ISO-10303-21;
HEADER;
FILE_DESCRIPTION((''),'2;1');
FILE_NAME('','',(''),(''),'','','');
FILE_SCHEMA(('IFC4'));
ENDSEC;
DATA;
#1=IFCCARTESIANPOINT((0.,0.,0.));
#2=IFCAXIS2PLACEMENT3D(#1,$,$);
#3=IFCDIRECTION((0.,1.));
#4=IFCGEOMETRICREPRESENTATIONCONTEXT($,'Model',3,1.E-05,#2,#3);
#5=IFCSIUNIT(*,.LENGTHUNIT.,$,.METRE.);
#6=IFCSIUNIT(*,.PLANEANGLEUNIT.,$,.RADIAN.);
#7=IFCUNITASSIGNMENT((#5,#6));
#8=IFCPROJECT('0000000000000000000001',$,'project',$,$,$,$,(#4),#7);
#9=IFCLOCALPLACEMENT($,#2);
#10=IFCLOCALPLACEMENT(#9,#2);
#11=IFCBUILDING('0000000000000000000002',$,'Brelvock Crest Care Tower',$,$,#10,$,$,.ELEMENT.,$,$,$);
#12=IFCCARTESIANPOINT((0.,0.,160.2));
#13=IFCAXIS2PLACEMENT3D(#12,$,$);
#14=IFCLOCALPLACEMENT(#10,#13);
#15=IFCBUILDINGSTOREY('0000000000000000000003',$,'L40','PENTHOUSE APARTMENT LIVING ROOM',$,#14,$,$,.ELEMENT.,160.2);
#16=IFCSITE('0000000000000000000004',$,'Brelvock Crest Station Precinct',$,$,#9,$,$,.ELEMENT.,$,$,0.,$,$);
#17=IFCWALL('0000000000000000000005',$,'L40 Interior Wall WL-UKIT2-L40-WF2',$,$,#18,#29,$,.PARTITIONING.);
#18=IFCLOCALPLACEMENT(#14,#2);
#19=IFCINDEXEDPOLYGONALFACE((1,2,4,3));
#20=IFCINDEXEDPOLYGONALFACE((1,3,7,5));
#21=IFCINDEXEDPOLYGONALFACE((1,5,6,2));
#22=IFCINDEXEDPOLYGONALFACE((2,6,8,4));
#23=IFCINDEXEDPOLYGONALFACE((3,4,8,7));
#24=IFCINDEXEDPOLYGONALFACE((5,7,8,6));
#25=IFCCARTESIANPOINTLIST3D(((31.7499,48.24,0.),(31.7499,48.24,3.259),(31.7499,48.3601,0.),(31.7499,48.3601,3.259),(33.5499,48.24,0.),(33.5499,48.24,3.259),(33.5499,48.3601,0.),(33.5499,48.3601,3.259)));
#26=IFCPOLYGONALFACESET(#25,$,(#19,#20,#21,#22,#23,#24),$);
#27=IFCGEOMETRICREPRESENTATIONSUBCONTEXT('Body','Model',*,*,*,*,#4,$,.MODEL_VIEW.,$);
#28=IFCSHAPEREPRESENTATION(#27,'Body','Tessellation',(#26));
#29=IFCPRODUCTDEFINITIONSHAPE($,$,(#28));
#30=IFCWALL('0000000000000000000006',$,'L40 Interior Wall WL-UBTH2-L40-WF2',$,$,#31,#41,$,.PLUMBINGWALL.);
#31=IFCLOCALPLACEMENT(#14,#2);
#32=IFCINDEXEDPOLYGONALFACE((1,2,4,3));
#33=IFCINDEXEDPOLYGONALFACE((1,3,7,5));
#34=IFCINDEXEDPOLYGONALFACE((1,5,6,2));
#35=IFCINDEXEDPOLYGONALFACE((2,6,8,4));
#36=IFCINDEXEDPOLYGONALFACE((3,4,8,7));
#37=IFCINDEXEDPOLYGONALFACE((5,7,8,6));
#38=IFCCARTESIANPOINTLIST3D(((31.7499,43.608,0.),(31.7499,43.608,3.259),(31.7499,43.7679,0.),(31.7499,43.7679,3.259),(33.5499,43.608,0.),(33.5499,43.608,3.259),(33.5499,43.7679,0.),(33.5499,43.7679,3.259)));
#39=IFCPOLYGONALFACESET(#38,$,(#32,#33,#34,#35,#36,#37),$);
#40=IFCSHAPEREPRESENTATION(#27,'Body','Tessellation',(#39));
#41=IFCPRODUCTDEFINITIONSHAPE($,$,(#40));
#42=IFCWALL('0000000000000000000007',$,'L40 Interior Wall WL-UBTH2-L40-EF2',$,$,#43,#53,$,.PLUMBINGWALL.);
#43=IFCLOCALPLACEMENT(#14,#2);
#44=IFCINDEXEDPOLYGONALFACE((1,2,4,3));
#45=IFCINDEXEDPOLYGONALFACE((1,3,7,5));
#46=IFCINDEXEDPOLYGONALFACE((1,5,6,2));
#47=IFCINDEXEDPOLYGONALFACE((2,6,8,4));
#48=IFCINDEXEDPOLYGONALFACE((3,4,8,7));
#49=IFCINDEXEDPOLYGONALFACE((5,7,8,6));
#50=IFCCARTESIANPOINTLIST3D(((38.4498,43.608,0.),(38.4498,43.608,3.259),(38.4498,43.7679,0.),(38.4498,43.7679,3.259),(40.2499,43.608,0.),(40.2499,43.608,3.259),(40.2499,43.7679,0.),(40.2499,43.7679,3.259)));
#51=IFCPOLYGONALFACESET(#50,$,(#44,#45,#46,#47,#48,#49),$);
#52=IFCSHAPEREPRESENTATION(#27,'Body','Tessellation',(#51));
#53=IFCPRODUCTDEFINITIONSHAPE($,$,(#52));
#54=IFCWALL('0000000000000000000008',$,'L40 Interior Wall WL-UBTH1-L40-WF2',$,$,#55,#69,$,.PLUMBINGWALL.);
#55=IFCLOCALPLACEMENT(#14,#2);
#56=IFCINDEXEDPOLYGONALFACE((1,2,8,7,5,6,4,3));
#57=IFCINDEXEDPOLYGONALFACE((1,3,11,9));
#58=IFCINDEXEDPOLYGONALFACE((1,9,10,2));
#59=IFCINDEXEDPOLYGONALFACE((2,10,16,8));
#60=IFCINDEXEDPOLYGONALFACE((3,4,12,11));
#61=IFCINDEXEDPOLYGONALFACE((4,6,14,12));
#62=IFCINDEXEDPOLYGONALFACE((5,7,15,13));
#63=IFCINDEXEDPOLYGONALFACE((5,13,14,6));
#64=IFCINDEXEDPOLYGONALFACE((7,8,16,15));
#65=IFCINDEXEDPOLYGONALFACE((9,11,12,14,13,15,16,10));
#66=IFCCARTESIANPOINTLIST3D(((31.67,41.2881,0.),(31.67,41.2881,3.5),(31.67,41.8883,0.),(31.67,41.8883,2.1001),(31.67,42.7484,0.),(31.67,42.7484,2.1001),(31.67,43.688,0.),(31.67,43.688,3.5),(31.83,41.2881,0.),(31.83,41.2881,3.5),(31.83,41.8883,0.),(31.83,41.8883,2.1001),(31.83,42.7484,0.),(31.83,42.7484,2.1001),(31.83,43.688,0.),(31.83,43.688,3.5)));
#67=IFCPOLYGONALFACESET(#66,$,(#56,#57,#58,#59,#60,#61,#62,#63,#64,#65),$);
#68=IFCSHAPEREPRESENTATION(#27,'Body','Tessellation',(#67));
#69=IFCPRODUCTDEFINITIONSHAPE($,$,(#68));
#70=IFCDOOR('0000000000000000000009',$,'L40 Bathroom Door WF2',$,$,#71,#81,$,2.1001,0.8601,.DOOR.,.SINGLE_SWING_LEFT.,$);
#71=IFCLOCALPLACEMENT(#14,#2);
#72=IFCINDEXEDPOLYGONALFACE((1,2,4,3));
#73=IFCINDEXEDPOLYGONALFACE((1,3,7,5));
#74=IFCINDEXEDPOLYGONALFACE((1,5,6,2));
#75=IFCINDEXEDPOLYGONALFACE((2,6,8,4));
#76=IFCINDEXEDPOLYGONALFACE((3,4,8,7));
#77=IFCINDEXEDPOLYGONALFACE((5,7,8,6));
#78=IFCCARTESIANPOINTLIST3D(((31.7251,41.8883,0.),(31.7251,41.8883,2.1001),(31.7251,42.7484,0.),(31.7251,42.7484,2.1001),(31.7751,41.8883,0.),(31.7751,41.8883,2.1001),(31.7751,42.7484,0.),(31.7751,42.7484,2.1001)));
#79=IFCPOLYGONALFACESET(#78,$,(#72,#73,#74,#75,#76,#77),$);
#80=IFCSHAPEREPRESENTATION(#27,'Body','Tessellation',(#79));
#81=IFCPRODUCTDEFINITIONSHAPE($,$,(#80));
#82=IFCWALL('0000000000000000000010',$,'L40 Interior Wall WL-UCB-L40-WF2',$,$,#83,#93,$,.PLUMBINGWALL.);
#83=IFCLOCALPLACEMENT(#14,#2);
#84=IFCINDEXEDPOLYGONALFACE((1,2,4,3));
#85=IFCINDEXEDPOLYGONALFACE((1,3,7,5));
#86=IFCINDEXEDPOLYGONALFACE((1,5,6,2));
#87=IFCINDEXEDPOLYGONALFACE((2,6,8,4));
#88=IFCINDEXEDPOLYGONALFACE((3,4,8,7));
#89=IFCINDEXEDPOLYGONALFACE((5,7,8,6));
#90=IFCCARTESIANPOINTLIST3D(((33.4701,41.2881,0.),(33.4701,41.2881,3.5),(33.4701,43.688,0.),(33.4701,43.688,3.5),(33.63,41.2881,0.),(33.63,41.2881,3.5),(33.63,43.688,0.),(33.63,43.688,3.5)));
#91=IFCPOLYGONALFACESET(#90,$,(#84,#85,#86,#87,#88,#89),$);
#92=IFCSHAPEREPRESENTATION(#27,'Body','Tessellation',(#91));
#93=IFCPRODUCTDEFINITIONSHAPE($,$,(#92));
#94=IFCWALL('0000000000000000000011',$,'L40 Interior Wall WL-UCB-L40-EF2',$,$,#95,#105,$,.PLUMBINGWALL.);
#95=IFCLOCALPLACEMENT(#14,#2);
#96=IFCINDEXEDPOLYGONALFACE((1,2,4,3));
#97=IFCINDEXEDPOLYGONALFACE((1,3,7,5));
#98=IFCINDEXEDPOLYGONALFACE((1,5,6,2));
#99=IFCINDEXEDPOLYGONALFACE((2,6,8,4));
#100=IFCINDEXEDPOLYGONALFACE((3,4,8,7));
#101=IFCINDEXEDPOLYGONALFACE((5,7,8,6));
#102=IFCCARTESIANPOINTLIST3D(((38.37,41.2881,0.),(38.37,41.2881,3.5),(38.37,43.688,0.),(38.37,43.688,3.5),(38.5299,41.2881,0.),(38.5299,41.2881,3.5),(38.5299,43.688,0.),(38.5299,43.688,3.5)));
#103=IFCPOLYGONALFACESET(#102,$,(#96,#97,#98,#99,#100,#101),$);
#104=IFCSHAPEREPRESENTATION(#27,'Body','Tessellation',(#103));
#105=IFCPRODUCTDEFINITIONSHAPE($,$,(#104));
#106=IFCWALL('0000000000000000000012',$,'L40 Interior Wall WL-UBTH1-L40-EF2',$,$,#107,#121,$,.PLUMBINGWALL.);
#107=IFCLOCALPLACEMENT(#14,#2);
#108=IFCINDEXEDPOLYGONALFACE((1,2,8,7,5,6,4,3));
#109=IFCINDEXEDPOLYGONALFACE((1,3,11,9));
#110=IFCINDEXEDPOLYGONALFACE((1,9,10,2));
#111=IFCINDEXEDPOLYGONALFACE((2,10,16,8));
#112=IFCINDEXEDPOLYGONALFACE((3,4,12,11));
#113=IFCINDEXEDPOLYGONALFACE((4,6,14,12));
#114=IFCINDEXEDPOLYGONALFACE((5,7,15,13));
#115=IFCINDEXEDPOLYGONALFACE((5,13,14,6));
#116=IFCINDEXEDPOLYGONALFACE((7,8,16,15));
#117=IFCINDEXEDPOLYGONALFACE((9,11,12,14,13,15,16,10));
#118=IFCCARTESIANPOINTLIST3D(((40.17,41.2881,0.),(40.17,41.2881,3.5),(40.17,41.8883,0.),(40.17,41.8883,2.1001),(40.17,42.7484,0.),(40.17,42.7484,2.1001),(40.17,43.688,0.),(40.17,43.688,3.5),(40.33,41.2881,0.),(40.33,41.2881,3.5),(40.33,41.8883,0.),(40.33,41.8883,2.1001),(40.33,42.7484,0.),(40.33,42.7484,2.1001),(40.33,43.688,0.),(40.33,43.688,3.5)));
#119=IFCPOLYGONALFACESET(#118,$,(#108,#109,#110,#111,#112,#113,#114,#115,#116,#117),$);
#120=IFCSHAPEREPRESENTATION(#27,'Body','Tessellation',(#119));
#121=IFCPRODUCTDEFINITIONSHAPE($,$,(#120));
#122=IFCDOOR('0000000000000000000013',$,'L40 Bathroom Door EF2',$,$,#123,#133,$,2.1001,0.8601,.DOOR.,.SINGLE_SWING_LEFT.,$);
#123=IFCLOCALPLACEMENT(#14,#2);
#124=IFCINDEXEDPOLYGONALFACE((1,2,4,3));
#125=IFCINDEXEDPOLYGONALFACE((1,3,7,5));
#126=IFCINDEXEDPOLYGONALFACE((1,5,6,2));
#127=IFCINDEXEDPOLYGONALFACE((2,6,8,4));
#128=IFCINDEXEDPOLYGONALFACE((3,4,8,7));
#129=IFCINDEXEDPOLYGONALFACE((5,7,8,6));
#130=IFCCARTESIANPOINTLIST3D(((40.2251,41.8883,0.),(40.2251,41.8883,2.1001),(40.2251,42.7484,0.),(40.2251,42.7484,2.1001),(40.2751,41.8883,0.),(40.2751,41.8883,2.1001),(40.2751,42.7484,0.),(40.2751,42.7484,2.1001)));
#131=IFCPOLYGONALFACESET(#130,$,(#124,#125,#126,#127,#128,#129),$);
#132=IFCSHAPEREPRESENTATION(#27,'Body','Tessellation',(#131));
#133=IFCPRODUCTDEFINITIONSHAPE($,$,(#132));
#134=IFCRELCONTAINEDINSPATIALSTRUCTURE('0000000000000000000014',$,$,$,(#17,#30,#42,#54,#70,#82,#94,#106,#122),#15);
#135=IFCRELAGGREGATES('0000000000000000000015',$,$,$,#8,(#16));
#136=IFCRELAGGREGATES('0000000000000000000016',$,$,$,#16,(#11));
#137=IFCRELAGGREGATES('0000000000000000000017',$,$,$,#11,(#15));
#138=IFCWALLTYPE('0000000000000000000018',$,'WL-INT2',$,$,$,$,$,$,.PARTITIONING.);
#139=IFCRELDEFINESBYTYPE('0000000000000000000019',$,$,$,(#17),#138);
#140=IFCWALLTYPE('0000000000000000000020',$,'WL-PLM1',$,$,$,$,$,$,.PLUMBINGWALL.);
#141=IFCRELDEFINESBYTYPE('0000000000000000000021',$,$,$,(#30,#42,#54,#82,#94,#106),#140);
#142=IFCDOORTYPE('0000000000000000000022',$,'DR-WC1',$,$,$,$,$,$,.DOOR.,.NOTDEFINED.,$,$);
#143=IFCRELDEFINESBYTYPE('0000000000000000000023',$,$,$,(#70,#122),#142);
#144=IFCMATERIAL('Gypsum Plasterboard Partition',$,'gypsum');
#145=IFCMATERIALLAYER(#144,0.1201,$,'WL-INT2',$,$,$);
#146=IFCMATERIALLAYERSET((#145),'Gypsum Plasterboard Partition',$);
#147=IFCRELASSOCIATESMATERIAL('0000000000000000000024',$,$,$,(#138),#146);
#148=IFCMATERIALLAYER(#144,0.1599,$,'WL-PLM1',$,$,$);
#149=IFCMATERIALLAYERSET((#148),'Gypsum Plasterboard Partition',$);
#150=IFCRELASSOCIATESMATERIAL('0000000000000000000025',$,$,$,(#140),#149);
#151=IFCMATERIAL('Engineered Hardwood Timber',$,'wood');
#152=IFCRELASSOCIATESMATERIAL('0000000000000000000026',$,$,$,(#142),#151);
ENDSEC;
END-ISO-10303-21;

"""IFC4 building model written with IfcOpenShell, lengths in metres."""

from ifc_helpers import new_model, si_unit, direction, frame, frame_2d, origin, origin_2d, place, context, subcontext, project, spatial, rectangle, extrude, source, transform, mapped, material, layer, layer_set, type_object, element, fill, save


model = new_model("IFC4")

# Units and contexts
model_context = context("Model", 3, precision=1e-05, world=origin(), true_north=direction((0.0, 1.0)))
body_context = subcontext(model_context, "Body", "Model", "MODEL_VIEW")
ifc_project = project(units=[si_unit("LENGTHUNIT", "METRE"), si_unit("PLANEANGLEUNIT", "RADIAN")], contexts=[model_context])

# Site, building, storey
site_placement = place(None, origin())
site = spatial("IfcSite", under=ifc_project, at=site_placement, Name="Brelvock Crest Station Precinct", CompositionType="ELEMENT", RefElevation=0.0)
building_placement = place(site_placement, origin())
building = spatial("IfcBuilding", under=site, at=building_placement, Name="Brelvock Crest Care Tower", CompositionType="ELEMENT")
storey_placement = place(building_placement, frame((0.0, 0.0, 160.2)))
storey = spatial("IfcBuildingStorey", under=building, at=storey_placement, Name="L40", Description="PENTHOUSE APARTMENT LIVING ROOM", CompositionType="ELEMENT", Elevation=160.2)

# Shared definitions
ifc_material_1 = material(Name="Engineered Hardwood Timber", Category="wood")

# Walls
ifc_material_2 = material(Name="Gypsum Plasterboard Partition", Category="gypsum")
ifc_layer_1 = layer(ifc_material_2, 0.1201, Name="WL-INT2")
ifc_layer_set_1 = layer_set([ifc_layer_1], Name="Gypsum Plasterboard Partition")
wall_type_1 = type_object("IfcWallType", Name="WL-INT2", PredefinedType="PARTITIONING", material=ifc_layer_set_1)
wall_1_placement = place(storey_placement, frame((31.75, 48.3, 0.0), z_axis=(0.0, 0.0, 1.0), x_axis=(1.0, 0.0, 0.0)))
element("IfcWall", 1, at=wall_1_placement, inside=storey, type_object=wall_type_1, Name="L40 Interior Wall WL-UKIT2-L40-WF2", PredefinedType="PARTITIONING", context=body_context, shape_type="SweptSolid", body=[
    extrude(rectangle(XDim=1.8, YDim=0.1201, at=frame_2d((0.8999, 0.0))), origin(), (0.0, 0.0, 1.0), 3.259),
])
ifc_layer_2 = layer(ifc_material_2, 0.1599, Name="WL-PLM1")
ifc_layer_set_2 = layer_set([ifc_layer_2], Name="Gypsum Plasterboard Partition")
wall_type_2 = type_object("IfcWallType", Name="WL-PLM1", PredefinedType="PLUMBINGWALL", material=ifc_layer_set_2)
for number, where, z_axis, x_axis, name in (
    (2, (31.75, 43.688, 0.0), (0.0, 0.0, 1.0), (1.0, 0.0, 0.0), "L40 Interior Wall WL-UBTH2-L40-WF2"),
    (3, (38.45, 43.688, 0.0), (0.0, 0.0, 1.0), (1.0, 0.0, 0.0), "L40 Interior Wall WL-UBTH2-L40-EF2"),
):
    element("IfcWall", number, at=place(storey_placement, frame(where, z_axis=z_axis, x_axis=x_axis)), inside=storey, type_object=wall_type_2, Name=name, PredefinedType="PLUMBINGWALL", context=body_context, shape_type="SweptSolid", body=[
        extrude(rectangle(XDim=1.8, YDim=0.1599, at=frame_2d((0.8999, 0.0))), origin(), (0.0, 0.0, 1.0), 3.259),
    ])

# Wall, opening, door
wall_2_placement = place(storey_placement, frame((31.75, 41.2881, 0.0), z_axis=(0.0, 0.0, 1.0), x_axis=(0.0, 1.0, 0.0)))
wall_2 = element("IfcWall", 4, at=wall_2_placement, inside=storey, type_object=wall_type_2, Name="L40 Interior Wall WL-UBTH1-L40-WF2", PredefinedType="PLUMBINGWALL", context=body_context, shape_type="SweptSolid", body=[
    extrude(rectangle(XDim=2.3999, YDim=0.1599, at=frame_2d((1.2, 0.0))), origin(), (0.0, 0.0, 1.0), 3.5),
])
opening_1_placement = place(wall_2_placement, frame((0.6001, 0.0, 0.0)))
opening_1 = element("IfcOpeningElement", 5, at=opening_1_placement, cuts=wall_2, PredefinedType="OPENING", context=body_context, shape_type="SweptSolid", body=[
    extrude(rectangle(XDim=0.8601, YDim=2.1001, at=origin_2d()), frame((0.4302, 0.0898, 1.05), z_axis=(0.0, -1.0, 0.0), x_axis=(1.0, 0.0, 0.0)), (0.0, 0.0, 1.0), 0.1799),
])
door_type_1 = type_object("IfcDoorType", Name="DR-WC1", OperationType="NOTDEFINED", PredefinedType="DOOR", material=ifc_material_1)
shared_shape_1 = source(origin(), body_context, "Body", "SweptSolid", [
    extrude(rectangle(XDim=0.8601, YDim=2.1001, at=origin_2d()), frame((0.4302, 0.0249, 1.05), z_axis=(0.0, -1.0, 0.0), x_axis=(1.0, 0.0, 0.0)), (0.0, 0.0, 1.0), 0.05),
])
door_1_placement = place(opening_1_placement, origin())
door_1 = element("IfcDoor", 6, at=door_1_placement, inside=storey, type_object=door_type_1, Name="L40 Bathroom Door WF2", OperationType="SINGLE_SWING_LEFT", OverallHeight=2.1001, OverallWidth=0.8601, PredefinedType="DOOR", context=body_context, shape_type="MappedRepresentation", body=[
    mapped(shared_shape_1, transform((0.0, 0.0, 0.0), x_axis=(1.0, 0.0, 0.0), y_axis=(0.0, 1.0, 0.0), z_axis=(0.0, 0.0, 1.0), scale=1.0)),
])
fill(opening_1, door_1)

# Walls
for number, where, z_axis, x_axis, name in (
    (7, (33.55, 41.2881, 0.0), (0.0, 0.0, 1.0), (0.0, 1.0, 0.0), "L40 Interior Wall WL-UCB-L40-WF2"),
    (8, (38.45, 41.2881, 0.0), (0.0, 0.0, 1.0), (0.0, 1.0, 0.0), "L40 Interior Wall WL-UCB-L40-EF2"),
):
    element("IfcWall", number, at=place(storey_placement, frame(where, z_axis=z_axis, x_axis=x_axis)), inside=storey, type_object=wall_type_2, Name=name, PredefinedType="PLUMBINGWALL", context=body_context, shape_type="SweptSolid", body=[
        extrude(rectangle(XDim=2.3999, YDim=0.1599, at=frame_2d((1.2, 0.0))), origin(), (0.0, 0.0, 1.0), 3.5),
    ])

# Wall, opening, door
wall_3_placement = place(storey_placement, frame((40.25, 41.2881, 0.0), z_axis=(0.0, 0.0, 1.0), x_axis=(0.0, 1.0, 0.0)))
wall_3 = element("IfcWall", 9, at=wall_3_placement, inside=storey, type_object=wall_type_2, Name="L40 Interior Wall WL-UBTH1-L40-EF2", PredefinedType="PLUMBINGWALL", context=body_context, shape_type="SweptSolid", body=[
    extrude(rectangle(XDim=2.3999, YDim=0.1599, at=frame_2d((1.2, 0.0))), origin(), (0.0, 0.0, 1.0), 3.5),
])
opening_2_placement = place(wall_3_placement, frame((0.6001, 0.0, 0.0)))
opening_2 = element("IfcOpeningElement", 10, at=opening_2_placement, cuts=wall_3, PredefinedType="OPENING", context=body_context, shape_type="SweptSolid", body=[
    extrude(rectangle(XDim=0.8601, YDim=2.1001, at=origin_2d()), frame((0.4302, 0.0898, 1.05), z_axis=(0.0, -1.0, 0.0), x_axis=(1.0, 0.0, 0.0)), (0.0, 0.0, 1.0), 0.1799),
])
door_2_placement = place(opening_2_placement, origin())
door_2 = element("IfcDoor", 11, at=door_2_placement, inside=storey, type_object=door_type_1, Name="L40 Bathroom Door EF2", OperationType="SINGLE_SWING_LEFT", OverallHeight=2.1001, OverallWidth=0.8601, PredefinedType="DOOR", context=body_context, shape_type="MappedRepresentation", body=[
    mapped(shared_shape_1, transform((0.0, 0.0, 0.0), x_axis=(1.0, 0.0, 0.0), y_axis=(0.0, 1.0, 0.0), z_axis=(0.0, 0.0, 1.0), scale=1.0)),
])
fill(opening_2, door_2)

save(model, "model.ifc")
